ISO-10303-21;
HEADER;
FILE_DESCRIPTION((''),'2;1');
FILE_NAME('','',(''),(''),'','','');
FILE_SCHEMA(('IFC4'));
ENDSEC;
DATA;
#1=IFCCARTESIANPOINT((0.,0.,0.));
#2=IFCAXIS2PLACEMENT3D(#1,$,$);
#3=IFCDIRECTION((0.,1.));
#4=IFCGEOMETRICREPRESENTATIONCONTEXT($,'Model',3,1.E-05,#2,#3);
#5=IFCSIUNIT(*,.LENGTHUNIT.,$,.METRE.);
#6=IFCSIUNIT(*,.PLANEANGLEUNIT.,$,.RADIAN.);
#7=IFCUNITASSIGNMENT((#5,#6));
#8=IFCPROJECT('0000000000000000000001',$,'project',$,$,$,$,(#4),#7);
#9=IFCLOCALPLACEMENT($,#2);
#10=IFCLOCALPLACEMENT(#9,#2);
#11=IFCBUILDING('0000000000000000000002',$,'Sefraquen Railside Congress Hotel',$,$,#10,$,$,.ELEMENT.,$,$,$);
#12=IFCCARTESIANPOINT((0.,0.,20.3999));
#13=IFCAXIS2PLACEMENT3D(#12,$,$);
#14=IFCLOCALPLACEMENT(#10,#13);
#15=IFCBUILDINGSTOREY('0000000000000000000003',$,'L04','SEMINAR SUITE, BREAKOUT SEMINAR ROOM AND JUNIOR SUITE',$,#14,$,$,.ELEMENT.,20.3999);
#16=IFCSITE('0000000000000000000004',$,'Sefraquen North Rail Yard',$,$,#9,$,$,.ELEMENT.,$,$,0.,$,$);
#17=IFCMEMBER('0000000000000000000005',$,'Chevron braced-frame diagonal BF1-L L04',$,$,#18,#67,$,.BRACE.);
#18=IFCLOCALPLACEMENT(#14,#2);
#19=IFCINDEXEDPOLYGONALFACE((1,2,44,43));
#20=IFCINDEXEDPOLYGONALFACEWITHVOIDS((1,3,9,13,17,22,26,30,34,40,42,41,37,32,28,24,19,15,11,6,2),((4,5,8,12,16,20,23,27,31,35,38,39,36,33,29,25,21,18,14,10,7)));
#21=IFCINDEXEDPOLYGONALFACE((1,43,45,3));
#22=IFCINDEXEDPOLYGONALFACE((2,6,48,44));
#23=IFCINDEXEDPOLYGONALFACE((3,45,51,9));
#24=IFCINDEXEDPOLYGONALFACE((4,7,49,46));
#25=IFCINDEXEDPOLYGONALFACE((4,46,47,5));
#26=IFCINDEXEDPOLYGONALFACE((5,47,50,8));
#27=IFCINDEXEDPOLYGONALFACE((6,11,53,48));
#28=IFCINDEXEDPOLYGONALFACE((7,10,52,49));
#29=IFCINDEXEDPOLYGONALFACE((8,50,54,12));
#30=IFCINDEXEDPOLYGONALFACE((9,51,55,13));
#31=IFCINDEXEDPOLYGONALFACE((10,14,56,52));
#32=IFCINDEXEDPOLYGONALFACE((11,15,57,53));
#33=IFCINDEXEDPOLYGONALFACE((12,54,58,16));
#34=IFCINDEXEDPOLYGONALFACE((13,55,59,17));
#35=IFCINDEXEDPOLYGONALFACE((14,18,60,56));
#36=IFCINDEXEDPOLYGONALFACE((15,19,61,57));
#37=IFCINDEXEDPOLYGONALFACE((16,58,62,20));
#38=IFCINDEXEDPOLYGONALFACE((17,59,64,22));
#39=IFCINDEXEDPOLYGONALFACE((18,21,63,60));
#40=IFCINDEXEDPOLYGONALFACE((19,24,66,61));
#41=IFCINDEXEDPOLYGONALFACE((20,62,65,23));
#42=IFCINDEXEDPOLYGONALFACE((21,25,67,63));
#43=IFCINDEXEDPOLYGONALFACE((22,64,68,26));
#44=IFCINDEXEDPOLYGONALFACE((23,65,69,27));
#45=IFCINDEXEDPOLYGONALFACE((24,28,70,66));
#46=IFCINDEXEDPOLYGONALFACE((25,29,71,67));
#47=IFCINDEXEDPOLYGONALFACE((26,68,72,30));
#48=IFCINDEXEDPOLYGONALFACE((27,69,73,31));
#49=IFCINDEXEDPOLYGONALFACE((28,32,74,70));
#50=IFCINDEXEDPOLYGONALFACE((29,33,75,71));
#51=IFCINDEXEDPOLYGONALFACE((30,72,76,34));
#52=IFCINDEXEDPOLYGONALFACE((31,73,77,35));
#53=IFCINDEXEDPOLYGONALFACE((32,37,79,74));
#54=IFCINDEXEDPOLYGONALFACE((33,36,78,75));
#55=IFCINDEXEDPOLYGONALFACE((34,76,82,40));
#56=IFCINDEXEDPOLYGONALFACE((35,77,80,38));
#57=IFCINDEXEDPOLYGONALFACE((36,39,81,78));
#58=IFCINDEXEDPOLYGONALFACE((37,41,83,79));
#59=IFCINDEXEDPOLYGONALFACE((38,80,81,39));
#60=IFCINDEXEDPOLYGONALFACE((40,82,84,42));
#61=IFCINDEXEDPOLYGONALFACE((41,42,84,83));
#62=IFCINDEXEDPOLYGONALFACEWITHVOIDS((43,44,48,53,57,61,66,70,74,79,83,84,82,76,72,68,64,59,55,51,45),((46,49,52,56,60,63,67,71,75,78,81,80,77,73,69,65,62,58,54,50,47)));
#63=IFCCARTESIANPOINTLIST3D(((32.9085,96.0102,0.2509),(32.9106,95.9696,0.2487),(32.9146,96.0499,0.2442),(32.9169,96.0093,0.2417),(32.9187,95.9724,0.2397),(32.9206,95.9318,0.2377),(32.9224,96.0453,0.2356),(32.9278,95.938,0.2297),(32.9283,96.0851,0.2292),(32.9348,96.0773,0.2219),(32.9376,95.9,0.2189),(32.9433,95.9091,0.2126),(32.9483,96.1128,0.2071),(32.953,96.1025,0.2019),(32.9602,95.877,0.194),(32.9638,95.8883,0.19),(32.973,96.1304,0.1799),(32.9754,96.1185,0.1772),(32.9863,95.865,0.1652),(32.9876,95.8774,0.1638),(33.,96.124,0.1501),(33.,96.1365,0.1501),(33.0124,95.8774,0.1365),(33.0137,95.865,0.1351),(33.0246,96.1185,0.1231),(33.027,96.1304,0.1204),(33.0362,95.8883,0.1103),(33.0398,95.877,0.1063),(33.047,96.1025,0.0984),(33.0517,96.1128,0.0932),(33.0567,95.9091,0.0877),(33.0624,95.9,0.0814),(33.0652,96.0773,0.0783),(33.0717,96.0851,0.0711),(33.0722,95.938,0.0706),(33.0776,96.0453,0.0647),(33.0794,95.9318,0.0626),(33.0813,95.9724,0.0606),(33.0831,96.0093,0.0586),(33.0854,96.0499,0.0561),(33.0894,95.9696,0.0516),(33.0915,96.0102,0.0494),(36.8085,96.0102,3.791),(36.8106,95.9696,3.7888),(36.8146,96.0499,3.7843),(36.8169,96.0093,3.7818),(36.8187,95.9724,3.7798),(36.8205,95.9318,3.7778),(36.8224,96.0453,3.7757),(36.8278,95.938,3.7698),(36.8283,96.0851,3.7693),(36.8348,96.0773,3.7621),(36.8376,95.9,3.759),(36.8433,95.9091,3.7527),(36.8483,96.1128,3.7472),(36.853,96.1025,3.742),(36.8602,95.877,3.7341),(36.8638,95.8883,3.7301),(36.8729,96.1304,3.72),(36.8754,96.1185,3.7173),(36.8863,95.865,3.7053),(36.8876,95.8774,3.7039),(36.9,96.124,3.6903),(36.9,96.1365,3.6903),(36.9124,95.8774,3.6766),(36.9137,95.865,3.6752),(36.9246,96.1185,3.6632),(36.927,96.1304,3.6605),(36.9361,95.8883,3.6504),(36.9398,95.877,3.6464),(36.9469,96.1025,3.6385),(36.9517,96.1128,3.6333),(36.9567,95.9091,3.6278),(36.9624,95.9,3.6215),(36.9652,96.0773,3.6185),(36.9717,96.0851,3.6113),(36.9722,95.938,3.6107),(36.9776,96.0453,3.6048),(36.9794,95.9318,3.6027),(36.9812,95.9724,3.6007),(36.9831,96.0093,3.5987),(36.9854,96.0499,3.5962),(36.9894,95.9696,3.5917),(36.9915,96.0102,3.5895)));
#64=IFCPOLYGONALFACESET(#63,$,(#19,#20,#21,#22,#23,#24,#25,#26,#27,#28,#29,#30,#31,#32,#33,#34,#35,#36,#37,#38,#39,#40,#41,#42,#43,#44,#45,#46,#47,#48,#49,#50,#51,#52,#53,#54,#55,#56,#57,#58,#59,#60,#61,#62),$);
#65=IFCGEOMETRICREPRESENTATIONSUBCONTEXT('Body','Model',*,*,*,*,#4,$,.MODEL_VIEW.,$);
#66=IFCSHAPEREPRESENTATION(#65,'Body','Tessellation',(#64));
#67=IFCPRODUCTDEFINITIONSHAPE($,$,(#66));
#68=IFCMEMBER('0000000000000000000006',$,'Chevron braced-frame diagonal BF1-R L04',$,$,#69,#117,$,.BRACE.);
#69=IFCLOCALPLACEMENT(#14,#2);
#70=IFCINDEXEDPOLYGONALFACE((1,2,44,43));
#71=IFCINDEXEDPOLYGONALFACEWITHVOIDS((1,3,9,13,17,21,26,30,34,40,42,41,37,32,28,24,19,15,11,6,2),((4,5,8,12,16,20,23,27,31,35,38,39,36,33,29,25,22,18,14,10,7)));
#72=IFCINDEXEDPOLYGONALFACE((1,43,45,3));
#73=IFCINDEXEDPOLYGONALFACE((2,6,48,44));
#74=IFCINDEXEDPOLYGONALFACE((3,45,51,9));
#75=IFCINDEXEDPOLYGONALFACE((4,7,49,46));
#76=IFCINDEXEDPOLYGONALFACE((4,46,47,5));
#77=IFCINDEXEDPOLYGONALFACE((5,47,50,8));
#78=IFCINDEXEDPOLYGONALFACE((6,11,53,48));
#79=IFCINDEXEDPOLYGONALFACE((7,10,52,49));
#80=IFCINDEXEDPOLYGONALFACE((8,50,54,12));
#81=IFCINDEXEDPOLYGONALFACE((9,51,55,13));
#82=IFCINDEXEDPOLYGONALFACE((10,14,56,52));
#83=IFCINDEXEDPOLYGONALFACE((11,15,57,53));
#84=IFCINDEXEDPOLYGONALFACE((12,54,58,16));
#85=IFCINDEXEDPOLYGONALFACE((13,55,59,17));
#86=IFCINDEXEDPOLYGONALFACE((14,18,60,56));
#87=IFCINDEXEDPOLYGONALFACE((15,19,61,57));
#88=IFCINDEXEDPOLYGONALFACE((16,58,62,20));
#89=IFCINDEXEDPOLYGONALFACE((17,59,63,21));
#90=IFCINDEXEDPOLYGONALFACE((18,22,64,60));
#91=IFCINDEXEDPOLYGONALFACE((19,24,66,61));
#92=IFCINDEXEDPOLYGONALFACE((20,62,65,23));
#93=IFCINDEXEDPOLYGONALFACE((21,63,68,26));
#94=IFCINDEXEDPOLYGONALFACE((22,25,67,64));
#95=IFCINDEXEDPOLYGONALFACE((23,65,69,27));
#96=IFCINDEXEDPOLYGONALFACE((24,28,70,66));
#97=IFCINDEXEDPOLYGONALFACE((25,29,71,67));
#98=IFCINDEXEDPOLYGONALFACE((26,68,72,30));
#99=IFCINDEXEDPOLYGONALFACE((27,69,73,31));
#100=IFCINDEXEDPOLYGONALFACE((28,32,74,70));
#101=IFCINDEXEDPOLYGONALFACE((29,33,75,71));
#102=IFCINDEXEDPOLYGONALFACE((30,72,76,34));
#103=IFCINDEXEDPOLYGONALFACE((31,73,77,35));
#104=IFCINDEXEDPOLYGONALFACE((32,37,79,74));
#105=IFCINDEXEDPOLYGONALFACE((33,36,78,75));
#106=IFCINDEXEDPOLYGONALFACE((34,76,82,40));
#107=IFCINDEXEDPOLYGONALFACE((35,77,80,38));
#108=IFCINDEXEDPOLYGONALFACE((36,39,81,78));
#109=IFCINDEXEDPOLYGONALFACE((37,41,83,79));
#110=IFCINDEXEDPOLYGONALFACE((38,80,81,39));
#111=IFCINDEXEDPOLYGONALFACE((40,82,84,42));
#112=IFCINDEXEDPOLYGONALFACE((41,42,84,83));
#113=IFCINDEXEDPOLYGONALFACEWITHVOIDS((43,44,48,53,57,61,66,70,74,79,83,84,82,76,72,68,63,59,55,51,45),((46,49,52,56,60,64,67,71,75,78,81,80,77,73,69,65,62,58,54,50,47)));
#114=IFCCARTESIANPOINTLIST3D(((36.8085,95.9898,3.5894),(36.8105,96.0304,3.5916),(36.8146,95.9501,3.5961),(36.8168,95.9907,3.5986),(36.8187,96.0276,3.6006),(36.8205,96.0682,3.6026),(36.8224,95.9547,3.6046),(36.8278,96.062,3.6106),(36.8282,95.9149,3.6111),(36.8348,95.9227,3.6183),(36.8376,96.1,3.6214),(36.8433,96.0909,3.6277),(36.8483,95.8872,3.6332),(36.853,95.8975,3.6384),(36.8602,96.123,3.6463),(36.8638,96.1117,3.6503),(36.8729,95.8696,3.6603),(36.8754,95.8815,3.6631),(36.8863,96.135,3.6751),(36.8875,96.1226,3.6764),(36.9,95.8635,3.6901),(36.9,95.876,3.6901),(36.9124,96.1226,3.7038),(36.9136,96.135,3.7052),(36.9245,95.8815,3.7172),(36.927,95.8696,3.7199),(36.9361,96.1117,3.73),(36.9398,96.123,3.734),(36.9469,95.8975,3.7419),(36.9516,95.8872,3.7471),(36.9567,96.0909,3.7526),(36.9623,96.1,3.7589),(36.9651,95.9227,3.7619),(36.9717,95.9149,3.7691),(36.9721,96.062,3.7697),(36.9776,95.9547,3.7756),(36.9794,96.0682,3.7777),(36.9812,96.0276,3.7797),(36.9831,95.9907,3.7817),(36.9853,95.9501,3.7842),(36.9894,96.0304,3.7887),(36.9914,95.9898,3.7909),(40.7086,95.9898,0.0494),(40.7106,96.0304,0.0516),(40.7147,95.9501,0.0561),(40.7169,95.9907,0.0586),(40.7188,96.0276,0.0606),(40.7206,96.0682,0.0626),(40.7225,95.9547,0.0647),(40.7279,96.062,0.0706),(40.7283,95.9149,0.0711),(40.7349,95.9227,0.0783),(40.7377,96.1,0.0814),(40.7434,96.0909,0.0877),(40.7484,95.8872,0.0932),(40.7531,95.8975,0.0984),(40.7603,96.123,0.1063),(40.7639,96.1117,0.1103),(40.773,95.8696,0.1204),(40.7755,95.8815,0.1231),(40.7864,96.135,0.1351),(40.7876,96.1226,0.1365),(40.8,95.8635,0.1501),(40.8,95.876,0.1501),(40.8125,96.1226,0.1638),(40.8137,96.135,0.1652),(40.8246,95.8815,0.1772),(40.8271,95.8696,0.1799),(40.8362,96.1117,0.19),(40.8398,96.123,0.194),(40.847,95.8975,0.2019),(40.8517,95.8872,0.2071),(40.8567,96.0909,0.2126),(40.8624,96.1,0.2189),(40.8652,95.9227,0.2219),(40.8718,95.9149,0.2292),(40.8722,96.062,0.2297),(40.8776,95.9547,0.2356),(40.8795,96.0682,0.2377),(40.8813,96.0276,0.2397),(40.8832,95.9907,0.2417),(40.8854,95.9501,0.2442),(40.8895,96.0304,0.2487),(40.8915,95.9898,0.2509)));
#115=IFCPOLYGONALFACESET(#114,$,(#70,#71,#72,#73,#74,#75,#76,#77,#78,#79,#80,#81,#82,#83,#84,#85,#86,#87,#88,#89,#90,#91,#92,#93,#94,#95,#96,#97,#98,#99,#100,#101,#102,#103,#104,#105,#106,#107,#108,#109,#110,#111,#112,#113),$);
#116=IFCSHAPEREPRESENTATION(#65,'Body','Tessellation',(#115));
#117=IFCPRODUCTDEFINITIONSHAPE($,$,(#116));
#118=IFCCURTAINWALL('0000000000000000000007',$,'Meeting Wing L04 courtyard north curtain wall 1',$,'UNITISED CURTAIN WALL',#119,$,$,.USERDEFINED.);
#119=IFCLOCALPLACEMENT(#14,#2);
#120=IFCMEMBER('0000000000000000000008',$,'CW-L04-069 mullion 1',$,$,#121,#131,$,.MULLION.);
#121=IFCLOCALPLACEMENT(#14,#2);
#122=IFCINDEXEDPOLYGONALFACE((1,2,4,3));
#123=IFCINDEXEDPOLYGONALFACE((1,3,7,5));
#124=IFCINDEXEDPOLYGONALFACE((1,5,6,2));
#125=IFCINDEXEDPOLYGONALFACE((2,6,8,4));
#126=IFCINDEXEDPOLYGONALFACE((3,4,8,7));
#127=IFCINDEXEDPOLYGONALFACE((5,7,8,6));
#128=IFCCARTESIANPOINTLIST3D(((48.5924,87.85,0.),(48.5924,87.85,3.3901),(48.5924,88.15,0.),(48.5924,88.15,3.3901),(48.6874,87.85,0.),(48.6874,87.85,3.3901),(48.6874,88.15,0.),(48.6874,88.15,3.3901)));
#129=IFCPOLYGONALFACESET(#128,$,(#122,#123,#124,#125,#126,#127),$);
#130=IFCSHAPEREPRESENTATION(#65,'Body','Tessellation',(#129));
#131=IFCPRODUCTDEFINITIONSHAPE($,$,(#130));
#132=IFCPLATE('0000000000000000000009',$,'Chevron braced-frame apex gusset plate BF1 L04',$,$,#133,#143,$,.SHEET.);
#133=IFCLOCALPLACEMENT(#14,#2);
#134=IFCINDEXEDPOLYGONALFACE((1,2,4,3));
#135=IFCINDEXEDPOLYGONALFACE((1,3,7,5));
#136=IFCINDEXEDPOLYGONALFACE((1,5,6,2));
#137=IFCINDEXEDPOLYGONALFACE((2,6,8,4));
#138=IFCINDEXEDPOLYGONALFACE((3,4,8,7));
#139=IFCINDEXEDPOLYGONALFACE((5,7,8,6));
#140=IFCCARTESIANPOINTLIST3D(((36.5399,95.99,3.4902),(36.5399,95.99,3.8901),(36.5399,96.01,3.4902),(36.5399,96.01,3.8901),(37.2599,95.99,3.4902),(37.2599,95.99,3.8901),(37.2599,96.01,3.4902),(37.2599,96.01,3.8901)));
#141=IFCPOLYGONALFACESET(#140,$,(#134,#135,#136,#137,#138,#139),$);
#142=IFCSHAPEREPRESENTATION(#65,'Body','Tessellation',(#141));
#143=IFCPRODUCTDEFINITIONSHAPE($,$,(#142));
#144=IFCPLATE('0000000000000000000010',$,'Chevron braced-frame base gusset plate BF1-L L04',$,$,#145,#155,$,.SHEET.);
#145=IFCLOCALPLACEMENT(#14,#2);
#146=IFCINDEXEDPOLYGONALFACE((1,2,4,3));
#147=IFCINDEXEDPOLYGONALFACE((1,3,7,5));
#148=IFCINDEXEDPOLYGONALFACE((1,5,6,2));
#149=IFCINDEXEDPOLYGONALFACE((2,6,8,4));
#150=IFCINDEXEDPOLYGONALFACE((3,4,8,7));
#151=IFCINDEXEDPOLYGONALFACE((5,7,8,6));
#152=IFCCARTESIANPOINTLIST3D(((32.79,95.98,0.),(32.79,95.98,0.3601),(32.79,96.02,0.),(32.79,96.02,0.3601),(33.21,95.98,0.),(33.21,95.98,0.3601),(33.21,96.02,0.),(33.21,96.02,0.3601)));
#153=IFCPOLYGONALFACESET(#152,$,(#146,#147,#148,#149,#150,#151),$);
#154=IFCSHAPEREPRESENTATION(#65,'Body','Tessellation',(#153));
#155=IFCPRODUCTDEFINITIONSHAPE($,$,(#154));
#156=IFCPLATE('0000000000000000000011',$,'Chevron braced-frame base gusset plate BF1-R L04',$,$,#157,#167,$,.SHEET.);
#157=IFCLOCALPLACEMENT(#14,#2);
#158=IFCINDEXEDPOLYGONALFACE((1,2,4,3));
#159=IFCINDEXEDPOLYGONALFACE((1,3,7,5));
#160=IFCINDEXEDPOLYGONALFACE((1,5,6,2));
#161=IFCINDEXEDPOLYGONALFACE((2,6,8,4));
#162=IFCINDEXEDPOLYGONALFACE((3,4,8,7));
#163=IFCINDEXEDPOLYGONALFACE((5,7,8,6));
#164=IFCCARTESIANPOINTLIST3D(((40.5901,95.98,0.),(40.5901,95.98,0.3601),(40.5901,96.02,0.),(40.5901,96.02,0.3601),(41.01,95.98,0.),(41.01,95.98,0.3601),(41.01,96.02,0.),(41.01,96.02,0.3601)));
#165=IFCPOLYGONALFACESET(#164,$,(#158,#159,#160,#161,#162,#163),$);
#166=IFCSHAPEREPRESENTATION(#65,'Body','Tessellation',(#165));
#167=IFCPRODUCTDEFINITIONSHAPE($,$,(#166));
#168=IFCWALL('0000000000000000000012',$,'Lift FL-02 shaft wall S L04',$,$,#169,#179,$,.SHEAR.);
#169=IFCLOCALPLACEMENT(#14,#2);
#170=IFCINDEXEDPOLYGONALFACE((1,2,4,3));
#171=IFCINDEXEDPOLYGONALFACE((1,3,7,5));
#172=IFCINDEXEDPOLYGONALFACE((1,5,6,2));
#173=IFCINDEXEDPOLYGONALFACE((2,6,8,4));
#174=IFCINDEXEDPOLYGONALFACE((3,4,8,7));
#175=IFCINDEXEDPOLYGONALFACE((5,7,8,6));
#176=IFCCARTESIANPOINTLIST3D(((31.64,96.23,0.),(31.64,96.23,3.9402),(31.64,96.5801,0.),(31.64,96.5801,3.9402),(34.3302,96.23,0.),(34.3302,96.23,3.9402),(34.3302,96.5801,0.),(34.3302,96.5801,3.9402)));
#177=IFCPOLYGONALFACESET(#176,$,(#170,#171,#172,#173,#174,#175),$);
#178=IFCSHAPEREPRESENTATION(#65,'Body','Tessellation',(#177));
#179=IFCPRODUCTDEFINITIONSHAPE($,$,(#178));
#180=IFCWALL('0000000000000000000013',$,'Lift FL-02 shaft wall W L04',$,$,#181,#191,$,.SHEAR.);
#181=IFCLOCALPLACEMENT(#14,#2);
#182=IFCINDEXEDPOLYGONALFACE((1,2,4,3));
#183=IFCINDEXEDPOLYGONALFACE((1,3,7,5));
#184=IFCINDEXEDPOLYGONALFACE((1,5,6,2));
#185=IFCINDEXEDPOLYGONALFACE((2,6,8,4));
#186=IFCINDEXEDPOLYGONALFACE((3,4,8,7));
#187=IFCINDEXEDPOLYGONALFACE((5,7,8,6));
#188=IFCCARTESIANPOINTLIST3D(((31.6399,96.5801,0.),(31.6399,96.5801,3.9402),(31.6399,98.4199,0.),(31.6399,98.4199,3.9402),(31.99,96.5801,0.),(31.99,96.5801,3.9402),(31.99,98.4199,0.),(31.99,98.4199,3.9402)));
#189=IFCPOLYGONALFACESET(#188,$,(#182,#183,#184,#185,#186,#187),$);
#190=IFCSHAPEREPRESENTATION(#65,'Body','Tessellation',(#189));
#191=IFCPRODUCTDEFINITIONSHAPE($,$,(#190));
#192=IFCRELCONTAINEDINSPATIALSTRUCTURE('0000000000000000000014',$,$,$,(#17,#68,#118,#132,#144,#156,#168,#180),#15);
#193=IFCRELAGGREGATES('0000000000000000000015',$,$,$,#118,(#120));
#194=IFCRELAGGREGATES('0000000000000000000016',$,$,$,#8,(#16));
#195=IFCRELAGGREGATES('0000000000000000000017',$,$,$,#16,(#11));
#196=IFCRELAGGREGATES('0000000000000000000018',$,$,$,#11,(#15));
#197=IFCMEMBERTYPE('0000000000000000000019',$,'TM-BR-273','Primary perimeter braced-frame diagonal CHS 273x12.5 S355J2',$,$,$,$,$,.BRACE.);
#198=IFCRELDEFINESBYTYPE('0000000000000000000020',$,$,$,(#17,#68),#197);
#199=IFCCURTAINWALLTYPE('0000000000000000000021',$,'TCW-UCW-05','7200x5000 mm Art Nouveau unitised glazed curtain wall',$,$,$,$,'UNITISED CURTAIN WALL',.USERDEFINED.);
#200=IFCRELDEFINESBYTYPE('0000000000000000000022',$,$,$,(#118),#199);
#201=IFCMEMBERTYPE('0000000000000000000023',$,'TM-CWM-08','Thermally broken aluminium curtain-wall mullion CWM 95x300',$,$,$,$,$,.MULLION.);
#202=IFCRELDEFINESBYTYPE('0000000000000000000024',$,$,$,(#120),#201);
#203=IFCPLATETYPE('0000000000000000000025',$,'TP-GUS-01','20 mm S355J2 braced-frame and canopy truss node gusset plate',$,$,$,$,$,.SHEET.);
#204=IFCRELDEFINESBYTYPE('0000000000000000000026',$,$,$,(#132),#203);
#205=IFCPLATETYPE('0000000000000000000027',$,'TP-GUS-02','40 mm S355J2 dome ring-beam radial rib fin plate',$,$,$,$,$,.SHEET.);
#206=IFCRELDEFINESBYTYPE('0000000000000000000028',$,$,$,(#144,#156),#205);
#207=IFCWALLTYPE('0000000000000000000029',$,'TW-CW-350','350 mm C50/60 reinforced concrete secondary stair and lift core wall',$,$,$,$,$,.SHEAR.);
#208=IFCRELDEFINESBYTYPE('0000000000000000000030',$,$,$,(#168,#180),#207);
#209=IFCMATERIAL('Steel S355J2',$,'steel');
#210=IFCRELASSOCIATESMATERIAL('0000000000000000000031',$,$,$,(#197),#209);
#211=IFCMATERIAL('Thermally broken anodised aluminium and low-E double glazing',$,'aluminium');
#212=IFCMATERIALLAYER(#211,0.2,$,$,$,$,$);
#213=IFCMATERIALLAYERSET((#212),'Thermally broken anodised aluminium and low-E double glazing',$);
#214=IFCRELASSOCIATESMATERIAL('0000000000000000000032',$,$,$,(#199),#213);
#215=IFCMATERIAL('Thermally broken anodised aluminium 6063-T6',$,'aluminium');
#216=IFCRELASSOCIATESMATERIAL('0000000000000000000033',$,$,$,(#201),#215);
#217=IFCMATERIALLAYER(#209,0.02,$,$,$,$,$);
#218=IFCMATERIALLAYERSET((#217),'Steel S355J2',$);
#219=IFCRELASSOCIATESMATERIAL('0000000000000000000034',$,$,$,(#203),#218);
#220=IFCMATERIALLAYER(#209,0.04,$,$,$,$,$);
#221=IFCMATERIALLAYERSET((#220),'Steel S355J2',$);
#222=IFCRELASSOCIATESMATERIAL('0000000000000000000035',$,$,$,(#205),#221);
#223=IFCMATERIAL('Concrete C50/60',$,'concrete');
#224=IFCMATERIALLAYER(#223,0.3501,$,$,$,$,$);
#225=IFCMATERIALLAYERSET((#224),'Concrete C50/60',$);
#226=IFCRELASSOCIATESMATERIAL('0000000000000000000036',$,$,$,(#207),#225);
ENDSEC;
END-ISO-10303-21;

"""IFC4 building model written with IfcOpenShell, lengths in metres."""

from ifc_helpers import new_model, si_unit, direction, frame, frame_2d, origin, origin_2d, place, context, subcontext, project, spatial, rectangle, hollow_circle, extrude, material, layer, layer_set, material_profile, profile_set, type_object, element, aggregate, save


model = new_model("IFC4")

# Units and contexts
model_context = context("Model", 3, precision=1e-05, world=origin(), true_north=direction((0.0, 1.0)))
body_context = subcontext(model_context, "Body", "Model", "MODEL_VIEW")
ifc_project = project(units=[si_unit("LENGTHUNIT", "METRE"), si_unit("PLANEANGLEUNIT", "RADIAN")], contexts=[model_context])

# Site, building, storey
site_placement = place(None, origin())
site = spatial("IfcSite", under=ifc_project, at=site_placement, Name="Sefraquen North Rail Yard", CompositionType="ELEMENT", RefElevation=0.0)
building_placement = place(site_placement, origin())
building = spatial("IfcBuilding", under=site, at=building_placement, Name="Sefraquen Railside Congress Hotel", CompositionType="ELEMENT")
storey_placement = place(building_placement, frame((0.0, 0.0, 20.3999)))
storey = spatial("IfcBuildingStorey", under=building, at=storey_placement, Name="L04", Description="SEMINAR SUITE, BREAKOUT SEMINAR ROOM AND JUNIOR SUITE", CompositionType="ELEMENT", Elevation=20.3999)

# Members
ifc_material_1 = material(Name="Steel S355J2", Category="steel")
ifc_material_profile_1 = material_profile(ifc_material_1, hollow_circle(Radius=0.1365, WallThickness=0.0125, at=origin_2d()), Name="CHS 273x12.5")
ifc_profile_set_1 = profile_set([ifc_material_profile_1], Name="Steel S355J2")
member_type_1 = type_object("IfcMemberType", Name="TM-BR-273", Description="Primary perimeter braced-frame diagonal CHS 273x12.5 S355J2", PredefinedType="BRACE", material=ifc_profile_set_1)
for number, where, z_axis, x_axis, name in (
    (1, (33.0, 96.0, 0.1501), (0.740443, 0.0, 0.672119), (0.0, 1.0, 0.0), "Chevron braced-frame diagonal BF1-L L04"),
    (2, (40.8, 96.0, 0.1501), (-0.740464, 0.0, 0.672096), (0.0, -1.0, 0.0), "Chevron braced-frame diagonal BF1-R L04"),
):
    element("IfcMember", number, at=place(storey_placement, frame(where, z_axis=z_axis, x_axis=x_axis)), inside=storey, type_object=member_type_1, Name=name, PredefinedType="BRACE", context=body_context, shape_type="SweptSolid", body=[
        extrude(hollow_circle(Radius=0.1365, WallThickness=0.0125, at=origin_2d()), origin(), (0.0, 0.0, 1.0), 5.2671),
    ])

# Curtain wall, member
ifc_material_2 = material(Name="Thermally broken anodised aluminium and low-E double glazing", Category="aluminium")
ifc_layer_1 = layer(ifc_material_2, 0.2)
ifc_layer_set_1 = layer_set([ifc_layer_1], Name="Thermally broken anodised aluminium and low-E double glazing")
curtain_wall_type = type_object("IfcCurtainWallType", Name="TCW-UCW-05", Description="7200x5000 mm Art Nouveau unitised glazed curtain wall", ElementType="UNITISED CURTAIN WALL", PredefinedType="USERDEFINED", material=ifc_layer_set_1)
curtain_wall_placement = place(storey_placement, origin())
curtain_wall = element("IfcCurtainWall", 3, at=curtain_wall_placement, inside=storey, type_object=curtain_wall_type, Name="Meeting Wing L04 courtyard north curtain wall 1", ObjectType="UNITISED CURTAIN WALL", PredefinedType="USERDEFINED")
ifc_material_3 = material(Name="Thermally broken anodised aluminium 6063-T6", Category="aluminium")
ifc_material_profile_2 = material_profile(ifc_material_3, rectangle(XDim=0.095, YDim=0.3, at=origin_2d()), Name="CWM 95x300")
ifc_profile_set_2 = profile_set([ifc_material_profile_2], Name="Thermally broken anodised aluminium 6063-T6")
member_type_2 = type_object("IfcMemberType", Name="TM-CWM-08", Description="Thermally broken aluminium curtain-wall mullion CWM 95x300", PredefinedType="MULLION", material=ifc_profile_set_2)
member_placement = place(storey_placement, frame((48.6399, 88.0, 0.0), z_axis=(0.0, 0.0, 1.0), x_axis=(1.0, 0.0, 0.0)))
member = element("IfcMember", 4, at=member_placement, type_object=member_type_2, Name="CW-L04-069 mullion 1", PredefinedType="MULLION", context=body_context, shape_type="SweptSolid", body=[
    extrude(rectangle(XDim=0.095, YDim=0.3, at=origin_2d()), origin(), (0.0, 0.0, 1.0), 3.3901),
])
aggregate(curtain_wall, [member])

# Plates
ifc_layer_2 = layer(ifc_material_1, 0.02)
ifc_layer_set_2 = layer_set([ifc_layer_2], Name="Steel S355J2")
plate_type_1 = type_object("IfcPlateType", Name="TP-GUS-01", Description="20 mm S355J2 braced-frame and canopy truss node gusset plate", PredefinedType="SHEET", material=ifc_layer_set_2)
plate_placement = place(storey_placement, frame((36.8999, 96.0, 3.4902), z_axis=(0.0, 0.0, 1.0), x_axis=(1.0, 0.0, 0.0)))
element("IfcPlate", 5, at=plate_placement, inside=storey, type_object=plate_type_1, Name="Chevron braced-frame apex gusset plate BF1 L04", PredefinedType="SHEET", context=body_context, shape_type="SweptSolid", body=[
    extrude(rectangle(XDim=0.72, YDim=0.02, at=origin_2d()), origin(), (0.0, 0.0, 1.0), 0.3999),
])
ifc_layer_3 = layer(ifc_material_1, 0.04)
ifc_layer_set_3 = layer_set([ifc_layer_3], Name="Steel S355J2")
plate_type_2 = type_object("IfcPlateType", Name="TP-GUS-02", Description="40 mm S355J2 dome ring-beam radial rib fin plate", PredefinedType="SHEET", material=ifc_layer_set_3)
for number, where, z_axis, x_axis, name in (
    (6, (33.0, 96.0, 0.0), (0.0, 0.0, 1.0), (1.0, 0.0, 0.0), "Chevron braced-frame base gusset plate BF1-L L04"),
    (7, (40.8, 96.0, 0.0), (0.0, 0.0, 1.0), (1.0, 0.0, 0.0), "Chevron braced-frame base gusset plate BF1-R L04"),
):
    element("IfcPlate", number, at=place(storey_placement, frame(where, z_axis=z_axis, x_axis=x_axis)), inside=storey, type_object=plate_type_2, Name=name, PredefinedType="SHEET", context=body_context, shape_type="SweptSolid", body=[
        extrude(rectangle(XDim=0.4199, YDim=0.04, at=origin_2d()), origin(), (0.0, 0.0, 1.0), 0.3601),
    ])

# Walls
ifc_material_4 = material(Name="Concrete C50/60", Category="concrete")
ifc_layer_4 = layer(ifc_material_4, 0.3501)
ifc_layer_set_4 = layer_set([ifc_layer_4], Name="Concrete C50/60")
wall_type_1 = type_object("IfcWallType", Name="TW-CW-350", Description="350 mm C50/60 reinforced concrete secondary stair and lift core wall", PredefinedType="SHEAR", material=ifc_layer_set_4)
wall_1_placement = place(storey_placement, frame((31.6399, 96.405, 0.0), z_axis=(0.0, 0.0, 1.0), x_axis=(1.0, 0.0, 0.0)))
element("IfcWall", 8, at=wall_1_placement, inside=storey, type_object=wall_type_1, Name="Lift FL-02 shaft wall S L04", PredefinedType="SHEAR", context=body_context, shape_type="SweptSolid", body=[
    extrude(rectangle(XDim=2.6902, YDim=0.3501, at=frame_2d((1.3452, 0.0))), origin(), (0.0, 0.0, 1.0), 3.9402),
])
wall_2_placement = place(storey_placement, frame((31.8149, 96.5801, 0.0), z_axis=(0.0, 0.0, 1.0), x_axis=(0.0, 1.0, 0.0)))
element("IfcWall", 9, at=wall_2_placement, inside=storey, type_object=wall_type_1, Name="Lift FL-02 shaft wall W L04", PredefinedType="SHEAR", context=body_context, shape_type="SweptSolid", body=[
    extrude(rectangle(XDim=1.8398, YDim=0.3501, at=frame_2d((0.9199, 0.0))), origin(), (0.0, 0.0, 1.0), 3.9402),
])

save(model, "model.ifc")
